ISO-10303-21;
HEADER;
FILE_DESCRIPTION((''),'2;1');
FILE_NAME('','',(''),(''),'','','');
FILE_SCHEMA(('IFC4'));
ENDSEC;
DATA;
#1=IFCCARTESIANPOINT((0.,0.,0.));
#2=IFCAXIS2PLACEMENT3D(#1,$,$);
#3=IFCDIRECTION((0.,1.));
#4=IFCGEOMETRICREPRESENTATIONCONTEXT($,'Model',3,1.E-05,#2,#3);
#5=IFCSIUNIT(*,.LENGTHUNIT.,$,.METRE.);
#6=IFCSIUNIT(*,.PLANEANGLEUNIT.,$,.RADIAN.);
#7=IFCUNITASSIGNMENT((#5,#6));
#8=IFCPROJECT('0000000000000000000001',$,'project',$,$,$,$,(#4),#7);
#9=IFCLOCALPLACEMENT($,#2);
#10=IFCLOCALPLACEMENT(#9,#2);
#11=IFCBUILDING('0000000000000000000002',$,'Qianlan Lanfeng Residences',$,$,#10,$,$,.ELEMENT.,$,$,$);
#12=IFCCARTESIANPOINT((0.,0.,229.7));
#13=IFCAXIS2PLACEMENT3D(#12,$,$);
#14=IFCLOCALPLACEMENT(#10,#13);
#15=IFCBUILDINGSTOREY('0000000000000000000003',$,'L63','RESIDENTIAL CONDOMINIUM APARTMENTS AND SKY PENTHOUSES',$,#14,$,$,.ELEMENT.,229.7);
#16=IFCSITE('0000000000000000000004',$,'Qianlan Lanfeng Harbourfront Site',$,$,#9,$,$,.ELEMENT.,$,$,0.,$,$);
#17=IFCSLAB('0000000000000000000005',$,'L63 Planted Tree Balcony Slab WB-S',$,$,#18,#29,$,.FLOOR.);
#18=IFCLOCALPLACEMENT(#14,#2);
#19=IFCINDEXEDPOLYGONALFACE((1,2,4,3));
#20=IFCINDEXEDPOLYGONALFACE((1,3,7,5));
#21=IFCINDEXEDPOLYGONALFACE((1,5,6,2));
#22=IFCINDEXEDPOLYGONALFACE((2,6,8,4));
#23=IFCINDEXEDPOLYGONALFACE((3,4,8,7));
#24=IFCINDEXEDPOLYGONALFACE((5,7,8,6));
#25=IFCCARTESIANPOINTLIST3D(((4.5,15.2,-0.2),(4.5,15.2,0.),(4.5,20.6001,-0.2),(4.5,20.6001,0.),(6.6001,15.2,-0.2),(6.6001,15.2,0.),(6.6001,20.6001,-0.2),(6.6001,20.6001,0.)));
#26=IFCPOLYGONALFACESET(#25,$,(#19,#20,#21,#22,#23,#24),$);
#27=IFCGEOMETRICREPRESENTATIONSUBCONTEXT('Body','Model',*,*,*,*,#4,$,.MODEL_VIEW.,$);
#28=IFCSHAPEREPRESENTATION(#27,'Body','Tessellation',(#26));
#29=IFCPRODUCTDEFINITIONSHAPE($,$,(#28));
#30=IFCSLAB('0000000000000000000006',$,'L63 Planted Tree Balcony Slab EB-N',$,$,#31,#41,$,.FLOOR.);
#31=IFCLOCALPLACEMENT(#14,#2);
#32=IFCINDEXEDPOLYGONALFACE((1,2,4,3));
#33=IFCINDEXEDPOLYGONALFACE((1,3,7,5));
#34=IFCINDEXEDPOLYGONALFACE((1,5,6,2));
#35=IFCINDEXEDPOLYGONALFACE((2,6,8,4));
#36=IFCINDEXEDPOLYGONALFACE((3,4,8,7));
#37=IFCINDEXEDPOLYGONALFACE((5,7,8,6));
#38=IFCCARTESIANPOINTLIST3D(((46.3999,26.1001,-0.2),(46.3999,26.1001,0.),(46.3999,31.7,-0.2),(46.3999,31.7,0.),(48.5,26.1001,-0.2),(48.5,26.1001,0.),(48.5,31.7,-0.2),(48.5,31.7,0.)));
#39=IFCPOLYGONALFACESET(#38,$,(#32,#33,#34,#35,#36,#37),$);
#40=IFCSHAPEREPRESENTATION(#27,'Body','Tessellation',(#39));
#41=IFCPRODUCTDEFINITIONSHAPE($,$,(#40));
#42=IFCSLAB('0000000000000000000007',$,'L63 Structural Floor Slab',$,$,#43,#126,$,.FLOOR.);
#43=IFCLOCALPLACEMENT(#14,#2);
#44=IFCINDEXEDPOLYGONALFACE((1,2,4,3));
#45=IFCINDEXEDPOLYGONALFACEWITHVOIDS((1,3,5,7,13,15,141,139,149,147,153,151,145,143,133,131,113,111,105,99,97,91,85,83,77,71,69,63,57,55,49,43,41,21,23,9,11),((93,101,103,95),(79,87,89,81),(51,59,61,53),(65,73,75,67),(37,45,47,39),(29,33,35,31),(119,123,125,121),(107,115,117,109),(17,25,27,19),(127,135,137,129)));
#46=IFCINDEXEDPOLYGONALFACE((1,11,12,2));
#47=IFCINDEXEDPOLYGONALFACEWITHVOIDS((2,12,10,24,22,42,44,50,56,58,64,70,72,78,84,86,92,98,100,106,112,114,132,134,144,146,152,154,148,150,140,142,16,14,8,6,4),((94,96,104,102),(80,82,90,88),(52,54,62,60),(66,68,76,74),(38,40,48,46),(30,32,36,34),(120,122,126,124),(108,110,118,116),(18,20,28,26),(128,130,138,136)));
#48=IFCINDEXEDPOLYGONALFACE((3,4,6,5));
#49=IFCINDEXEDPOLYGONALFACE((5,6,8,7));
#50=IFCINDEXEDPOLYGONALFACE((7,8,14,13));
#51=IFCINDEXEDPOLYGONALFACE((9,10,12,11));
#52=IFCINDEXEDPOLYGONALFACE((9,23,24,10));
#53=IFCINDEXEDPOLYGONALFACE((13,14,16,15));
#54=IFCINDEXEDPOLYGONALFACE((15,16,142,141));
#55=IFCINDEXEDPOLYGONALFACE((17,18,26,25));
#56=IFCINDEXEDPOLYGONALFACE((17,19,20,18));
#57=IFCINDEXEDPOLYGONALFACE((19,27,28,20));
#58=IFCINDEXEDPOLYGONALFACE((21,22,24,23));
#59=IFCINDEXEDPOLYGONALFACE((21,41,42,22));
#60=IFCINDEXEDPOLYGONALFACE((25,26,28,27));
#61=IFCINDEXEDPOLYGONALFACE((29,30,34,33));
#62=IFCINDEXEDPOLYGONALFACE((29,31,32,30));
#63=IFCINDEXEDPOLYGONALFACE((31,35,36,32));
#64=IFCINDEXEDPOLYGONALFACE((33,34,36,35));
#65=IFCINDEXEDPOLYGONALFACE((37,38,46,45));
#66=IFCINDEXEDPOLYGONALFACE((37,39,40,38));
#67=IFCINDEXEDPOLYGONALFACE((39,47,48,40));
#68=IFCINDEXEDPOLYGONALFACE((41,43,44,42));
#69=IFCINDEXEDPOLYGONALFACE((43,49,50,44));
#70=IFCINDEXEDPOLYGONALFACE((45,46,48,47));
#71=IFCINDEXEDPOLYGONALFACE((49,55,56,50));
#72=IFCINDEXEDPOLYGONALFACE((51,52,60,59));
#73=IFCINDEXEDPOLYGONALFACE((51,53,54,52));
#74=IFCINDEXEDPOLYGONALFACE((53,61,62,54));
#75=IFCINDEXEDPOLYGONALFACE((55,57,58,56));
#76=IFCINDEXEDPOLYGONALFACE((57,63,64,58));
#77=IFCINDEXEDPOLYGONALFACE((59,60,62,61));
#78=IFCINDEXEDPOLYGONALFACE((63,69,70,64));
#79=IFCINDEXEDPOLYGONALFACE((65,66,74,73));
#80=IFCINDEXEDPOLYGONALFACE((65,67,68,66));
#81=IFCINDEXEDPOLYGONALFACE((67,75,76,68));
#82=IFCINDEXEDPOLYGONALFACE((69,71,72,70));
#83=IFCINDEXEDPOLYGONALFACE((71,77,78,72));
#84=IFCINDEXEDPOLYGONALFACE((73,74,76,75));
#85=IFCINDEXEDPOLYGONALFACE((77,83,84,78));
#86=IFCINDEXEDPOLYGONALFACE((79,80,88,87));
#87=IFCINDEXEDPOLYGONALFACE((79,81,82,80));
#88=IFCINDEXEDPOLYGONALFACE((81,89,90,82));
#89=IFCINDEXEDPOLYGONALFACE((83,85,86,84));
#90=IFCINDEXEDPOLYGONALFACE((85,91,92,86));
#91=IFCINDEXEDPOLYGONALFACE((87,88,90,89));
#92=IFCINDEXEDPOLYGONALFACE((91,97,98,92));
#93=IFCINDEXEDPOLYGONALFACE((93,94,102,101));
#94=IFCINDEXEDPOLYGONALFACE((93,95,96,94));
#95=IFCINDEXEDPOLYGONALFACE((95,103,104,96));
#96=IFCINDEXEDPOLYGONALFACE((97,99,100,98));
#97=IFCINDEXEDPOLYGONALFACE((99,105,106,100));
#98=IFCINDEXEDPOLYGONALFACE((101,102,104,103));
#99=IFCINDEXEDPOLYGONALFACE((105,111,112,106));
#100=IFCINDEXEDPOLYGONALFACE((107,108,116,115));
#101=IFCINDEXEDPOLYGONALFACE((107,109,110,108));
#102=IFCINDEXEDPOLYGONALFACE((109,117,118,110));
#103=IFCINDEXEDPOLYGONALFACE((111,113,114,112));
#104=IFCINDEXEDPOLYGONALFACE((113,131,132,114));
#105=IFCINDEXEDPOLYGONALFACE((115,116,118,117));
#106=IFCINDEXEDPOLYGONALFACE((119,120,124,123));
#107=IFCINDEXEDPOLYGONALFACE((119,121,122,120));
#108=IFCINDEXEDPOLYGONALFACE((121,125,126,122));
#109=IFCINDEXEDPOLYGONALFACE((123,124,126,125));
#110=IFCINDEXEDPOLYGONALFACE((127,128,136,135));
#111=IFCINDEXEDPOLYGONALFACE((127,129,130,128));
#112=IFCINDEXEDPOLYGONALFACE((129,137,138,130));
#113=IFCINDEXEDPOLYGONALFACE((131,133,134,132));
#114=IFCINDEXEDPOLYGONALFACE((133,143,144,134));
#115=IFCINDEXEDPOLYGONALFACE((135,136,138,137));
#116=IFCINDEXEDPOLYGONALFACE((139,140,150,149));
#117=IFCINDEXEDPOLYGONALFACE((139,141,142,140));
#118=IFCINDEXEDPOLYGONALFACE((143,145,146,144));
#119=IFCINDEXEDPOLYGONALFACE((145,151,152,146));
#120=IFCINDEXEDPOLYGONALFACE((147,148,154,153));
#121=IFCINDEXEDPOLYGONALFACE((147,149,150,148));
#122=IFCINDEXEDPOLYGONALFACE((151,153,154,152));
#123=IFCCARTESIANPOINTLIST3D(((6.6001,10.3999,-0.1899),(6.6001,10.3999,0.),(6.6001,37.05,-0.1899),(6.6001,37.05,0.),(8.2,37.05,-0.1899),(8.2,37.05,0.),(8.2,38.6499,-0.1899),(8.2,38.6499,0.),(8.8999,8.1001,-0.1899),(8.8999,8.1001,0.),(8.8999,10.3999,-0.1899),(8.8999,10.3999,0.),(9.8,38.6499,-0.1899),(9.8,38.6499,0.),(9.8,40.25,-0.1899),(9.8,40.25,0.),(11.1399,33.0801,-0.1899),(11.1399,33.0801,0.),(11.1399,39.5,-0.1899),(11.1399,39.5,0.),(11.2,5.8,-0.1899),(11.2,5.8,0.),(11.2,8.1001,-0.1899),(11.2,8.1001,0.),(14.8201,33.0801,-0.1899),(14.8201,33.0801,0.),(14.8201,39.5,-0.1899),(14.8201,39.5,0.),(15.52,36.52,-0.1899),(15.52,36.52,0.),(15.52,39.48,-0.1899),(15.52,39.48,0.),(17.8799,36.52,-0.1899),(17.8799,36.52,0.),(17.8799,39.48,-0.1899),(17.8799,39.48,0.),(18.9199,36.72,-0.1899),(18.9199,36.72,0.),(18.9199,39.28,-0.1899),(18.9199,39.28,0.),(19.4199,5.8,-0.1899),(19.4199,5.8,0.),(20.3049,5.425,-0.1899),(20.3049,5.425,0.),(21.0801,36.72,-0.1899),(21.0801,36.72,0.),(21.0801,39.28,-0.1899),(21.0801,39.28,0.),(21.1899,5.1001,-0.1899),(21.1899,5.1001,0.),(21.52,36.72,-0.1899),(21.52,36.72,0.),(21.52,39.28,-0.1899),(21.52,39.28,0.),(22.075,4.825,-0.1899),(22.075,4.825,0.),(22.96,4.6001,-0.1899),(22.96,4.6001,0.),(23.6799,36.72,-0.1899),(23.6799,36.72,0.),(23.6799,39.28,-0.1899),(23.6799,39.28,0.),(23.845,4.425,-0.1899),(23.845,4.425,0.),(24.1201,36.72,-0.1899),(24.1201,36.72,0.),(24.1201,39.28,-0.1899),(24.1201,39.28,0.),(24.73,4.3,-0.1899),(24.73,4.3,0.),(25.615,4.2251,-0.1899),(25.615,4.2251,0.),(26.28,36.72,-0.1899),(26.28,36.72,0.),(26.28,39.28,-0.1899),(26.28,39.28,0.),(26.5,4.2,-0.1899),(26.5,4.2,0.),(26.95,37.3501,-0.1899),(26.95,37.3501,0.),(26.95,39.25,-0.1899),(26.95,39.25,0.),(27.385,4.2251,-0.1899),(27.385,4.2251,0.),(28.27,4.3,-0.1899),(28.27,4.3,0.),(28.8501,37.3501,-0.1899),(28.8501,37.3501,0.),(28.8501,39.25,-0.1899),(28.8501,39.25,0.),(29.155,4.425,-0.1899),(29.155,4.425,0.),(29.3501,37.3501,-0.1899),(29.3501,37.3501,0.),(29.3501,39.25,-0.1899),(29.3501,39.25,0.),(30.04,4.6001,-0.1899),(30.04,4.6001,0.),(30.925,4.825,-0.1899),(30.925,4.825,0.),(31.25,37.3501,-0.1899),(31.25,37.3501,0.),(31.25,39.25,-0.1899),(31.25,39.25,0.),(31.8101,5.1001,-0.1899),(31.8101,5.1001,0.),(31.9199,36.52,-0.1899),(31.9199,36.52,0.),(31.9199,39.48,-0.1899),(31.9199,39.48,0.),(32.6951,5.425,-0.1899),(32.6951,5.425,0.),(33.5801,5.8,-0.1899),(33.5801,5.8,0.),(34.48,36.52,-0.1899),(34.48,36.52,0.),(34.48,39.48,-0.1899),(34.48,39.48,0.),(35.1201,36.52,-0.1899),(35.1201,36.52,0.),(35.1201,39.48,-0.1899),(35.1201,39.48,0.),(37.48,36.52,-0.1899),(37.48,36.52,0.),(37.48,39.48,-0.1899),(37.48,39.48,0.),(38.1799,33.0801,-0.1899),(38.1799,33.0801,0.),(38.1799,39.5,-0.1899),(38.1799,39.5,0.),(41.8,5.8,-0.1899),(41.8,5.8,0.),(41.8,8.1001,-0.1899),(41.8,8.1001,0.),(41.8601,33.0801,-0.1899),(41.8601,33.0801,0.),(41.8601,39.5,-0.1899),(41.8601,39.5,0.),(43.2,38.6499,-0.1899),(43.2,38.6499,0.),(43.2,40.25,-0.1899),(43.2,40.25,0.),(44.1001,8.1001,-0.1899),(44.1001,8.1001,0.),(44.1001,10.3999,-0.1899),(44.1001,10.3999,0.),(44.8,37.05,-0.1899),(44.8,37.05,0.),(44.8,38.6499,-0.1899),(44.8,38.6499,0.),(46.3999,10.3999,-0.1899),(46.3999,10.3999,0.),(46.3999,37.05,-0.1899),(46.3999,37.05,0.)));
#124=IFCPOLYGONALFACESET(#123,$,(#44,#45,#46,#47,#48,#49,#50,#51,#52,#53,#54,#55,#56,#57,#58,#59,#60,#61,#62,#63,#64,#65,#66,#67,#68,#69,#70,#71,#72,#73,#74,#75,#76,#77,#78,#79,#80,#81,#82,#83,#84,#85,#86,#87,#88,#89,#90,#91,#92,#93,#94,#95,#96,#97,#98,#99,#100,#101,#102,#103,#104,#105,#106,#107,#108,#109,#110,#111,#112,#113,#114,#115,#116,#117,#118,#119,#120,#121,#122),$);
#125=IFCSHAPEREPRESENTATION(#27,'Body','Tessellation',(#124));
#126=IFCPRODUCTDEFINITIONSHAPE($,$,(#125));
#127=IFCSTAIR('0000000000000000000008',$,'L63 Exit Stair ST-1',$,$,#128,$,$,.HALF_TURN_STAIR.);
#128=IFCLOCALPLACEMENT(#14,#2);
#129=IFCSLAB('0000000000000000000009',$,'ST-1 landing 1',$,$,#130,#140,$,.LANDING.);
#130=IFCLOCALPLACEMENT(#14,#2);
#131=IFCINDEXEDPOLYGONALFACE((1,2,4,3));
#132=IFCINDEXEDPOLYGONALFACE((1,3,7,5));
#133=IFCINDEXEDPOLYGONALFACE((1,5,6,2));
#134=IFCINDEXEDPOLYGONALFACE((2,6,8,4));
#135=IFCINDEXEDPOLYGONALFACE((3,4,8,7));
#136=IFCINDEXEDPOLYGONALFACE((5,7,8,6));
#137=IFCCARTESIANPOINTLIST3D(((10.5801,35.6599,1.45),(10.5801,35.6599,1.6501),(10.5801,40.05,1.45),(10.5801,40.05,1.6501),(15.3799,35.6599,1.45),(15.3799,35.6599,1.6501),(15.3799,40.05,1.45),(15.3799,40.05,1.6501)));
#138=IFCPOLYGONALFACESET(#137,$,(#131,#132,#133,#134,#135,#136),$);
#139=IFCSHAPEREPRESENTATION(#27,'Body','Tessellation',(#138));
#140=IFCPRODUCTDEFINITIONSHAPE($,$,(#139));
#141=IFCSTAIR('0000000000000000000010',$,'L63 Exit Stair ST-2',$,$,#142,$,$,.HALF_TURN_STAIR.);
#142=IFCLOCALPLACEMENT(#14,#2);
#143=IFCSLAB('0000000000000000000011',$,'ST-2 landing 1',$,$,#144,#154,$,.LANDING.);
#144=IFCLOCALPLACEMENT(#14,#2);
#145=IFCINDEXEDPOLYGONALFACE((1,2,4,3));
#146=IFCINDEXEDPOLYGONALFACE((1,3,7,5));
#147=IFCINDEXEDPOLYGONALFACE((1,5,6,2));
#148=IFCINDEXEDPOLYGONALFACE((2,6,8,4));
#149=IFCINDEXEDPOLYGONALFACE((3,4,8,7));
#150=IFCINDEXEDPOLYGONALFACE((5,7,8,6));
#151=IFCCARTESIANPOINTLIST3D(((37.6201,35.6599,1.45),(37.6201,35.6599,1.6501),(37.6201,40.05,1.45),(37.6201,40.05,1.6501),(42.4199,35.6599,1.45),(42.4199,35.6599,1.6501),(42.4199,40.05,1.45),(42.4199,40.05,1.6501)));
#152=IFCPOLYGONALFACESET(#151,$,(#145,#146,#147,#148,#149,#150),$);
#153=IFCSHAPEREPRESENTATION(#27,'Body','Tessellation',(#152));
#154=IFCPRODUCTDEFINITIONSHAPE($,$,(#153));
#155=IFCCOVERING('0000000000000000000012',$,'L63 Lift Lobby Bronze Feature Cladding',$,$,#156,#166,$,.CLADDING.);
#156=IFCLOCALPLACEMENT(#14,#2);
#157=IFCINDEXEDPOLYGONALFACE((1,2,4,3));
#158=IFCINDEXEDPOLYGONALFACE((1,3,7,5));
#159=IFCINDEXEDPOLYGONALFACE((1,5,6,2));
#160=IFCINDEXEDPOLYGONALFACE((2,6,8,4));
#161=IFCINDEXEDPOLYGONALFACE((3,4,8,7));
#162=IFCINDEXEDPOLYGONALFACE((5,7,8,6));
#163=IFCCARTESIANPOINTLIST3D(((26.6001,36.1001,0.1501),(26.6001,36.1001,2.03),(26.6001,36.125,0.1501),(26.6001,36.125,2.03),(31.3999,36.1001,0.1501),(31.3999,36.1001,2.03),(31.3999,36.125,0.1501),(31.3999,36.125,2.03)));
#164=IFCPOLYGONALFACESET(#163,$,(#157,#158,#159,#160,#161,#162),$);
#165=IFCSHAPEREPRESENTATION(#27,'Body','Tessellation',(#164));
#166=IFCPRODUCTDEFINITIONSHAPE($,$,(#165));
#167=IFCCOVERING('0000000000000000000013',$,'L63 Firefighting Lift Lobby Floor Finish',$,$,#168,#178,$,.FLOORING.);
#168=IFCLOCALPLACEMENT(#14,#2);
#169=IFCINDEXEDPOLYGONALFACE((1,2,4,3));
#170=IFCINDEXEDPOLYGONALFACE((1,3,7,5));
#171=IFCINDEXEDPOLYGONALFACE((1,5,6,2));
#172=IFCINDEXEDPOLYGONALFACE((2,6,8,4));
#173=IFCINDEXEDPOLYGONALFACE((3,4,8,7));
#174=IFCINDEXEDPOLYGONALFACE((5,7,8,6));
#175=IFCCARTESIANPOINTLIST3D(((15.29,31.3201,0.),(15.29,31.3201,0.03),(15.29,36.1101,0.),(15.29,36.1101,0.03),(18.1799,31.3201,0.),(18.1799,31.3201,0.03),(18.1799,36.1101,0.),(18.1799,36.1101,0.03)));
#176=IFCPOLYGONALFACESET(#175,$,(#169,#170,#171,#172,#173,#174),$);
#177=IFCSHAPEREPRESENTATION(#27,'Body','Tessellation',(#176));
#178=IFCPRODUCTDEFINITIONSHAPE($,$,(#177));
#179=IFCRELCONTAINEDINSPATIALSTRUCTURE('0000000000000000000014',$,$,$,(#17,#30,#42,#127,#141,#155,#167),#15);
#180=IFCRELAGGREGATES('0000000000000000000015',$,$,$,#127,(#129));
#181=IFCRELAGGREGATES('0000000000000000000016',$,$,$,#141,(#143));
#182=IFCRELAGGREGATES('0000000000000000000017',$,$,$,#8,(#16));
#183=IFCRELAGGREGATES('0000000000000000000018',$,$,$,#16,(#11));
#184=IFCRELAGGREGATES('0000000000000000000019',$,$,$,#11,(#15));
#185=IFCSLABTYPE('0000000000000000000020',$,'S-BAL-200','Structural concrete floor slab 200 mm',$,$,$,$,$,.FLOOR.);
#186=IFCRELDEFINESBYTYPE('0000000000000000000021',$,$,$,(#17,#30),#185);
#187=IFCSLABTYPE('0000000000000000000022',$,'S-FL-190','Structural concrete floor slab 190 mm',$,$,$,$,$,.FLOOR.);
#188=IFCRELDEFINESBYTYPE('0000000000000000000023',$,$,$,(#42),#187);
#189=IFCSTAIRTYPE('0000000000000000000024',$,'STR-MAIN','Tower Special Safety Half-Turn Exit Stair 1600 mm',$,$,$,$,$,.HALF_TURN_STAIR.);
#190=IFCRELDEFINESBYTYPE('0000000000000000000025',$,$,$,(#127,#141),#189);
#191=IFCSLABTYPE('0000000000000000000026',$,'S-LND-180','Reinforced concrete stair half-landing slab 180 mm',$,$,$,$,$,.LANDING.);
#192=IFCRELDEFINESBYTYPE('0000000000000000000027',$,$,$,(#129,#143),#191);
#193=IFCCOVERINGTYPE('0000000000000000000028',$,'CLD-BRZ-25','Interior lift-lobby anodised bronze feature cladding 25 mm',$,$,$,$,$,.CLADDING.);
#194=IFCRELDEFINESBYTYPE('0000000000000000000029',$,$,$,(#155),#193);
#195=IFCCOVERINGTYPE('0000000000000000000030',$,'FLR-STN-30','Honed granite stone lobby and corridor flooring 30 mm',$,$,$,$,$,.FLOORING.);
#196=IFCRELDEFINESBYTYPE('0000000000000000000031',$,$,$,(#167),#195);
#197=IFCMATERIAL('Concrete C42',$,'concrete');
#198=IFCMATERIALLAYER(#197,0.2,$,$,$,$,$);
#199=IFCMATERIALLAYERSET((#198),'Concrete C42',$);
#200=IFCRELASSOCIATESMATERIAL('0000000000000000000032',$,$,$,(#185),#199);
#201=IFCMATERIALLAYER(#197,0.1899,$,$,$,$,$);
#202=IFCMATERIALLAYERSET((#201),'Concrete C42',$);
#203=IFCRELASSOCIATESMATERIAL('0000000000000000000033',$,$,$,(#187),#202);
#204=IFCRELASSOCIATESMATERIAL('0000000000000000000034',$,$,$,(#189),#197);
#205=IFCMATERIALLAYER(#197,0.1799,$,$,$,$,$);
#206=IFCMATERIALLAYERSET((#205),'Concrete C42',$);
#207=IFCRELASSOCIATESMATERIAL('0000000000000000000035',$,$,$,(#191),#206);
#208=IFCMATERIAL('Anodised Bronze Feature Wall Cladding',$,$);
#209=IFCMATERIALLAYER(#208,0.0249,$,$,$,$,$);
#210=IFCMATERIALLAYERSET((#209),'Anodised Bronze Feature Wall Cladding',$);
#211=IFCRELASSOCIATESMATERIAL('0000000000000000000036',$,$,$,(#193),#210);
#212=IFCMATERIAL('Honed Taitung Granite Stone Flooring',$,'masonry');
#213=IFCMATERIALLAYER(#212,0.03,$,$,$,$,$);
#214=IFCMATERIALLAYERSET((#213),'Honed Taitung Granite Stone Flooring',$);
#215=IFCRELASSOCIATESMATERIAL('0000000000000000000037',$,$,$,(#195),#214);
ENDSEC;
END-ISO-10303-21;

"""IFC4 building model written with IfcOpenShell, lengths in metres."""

from ifc_helpers import new_model, si_unit, direction, frame, origin, place, context, subcontext, project, spatial, polyline, outline, extrude, material, layer, layer_set, type_object, element, aggregate, save


model = new_model("IFC4")

# Units and contexts
model_context = context("Model", 3, precision=1e-05, world=origin(), true_north=direction((0.0, 1.0)))
body_context = subcontext(model_context, "Body", "Model", "MODEL_VIEW")
ifc_project = project(units=[si_unit("LENGTHUNIT", "METRE"), si_unit("PLANEANGLEUNIT", "RADIAN")], contexts=[model_context])

# Site, building, storey
site_placement = place(None, origin())
site = spatial("IfcSite", under=ifc_project, at=site_placement, Name="Qianlan Lanfeng Harbourfront Site", CompositionType="ELEMENT", RefElevation=0.0)
building_placement = place(site_placement, origin())
building = spatial("IfcBuilding", under=site, at=building_placement, Name="Qianlan Lanfeng Residences", CompositionType="ELEMENT")
storey_placement = place(building_placement, frame((0.0, 0.0, 229.7)))
storey = spatial("IfcBuildingStorey", under=building, at=storey_placement, Name="L63", Description="RESIDENTIAL CONDOMINIUM APARTMENTS AND SKY PENTHOUSES", CompositionType="ELEMENT", Elevation=229.7)

# Slabs
ifc_material_1 = material(Name="Concrete C42", Category="concrete")
ifc_layer_1 = layer(ifc_material_1, 0.2)
ifc_layer_set_1 = layer_set([ifc_layer_1], Name="Concrete C42")
slab_type_1 = type_object("IfcSlabType", Name="S-BAL-200", Description="Structural concrete floor slab 200 mm", PredefinedType="FLOOR", material=ifc_layer_set_1)
slab_1_placement = place(storey_placement, frame((0.0, 0.0, -0.2)))
element("IfcSlab", 1, at=slab_1_placement, inside=storey, type_object=slab_type_1, Name="L63 Planted Tree Balcony Slab WB-S", PredefinedType="FLOOR", context=body_context, shape_type="SweptSolid", body=[
    extrude(outline(polyline([(6.6001, 15.2), (6.6001, 20.6001), (4.5, 20.6001), (4.5, 15.2), (6.6001, 15.2)])), origin(), (0.0, 0.0, 1.0), 0.2),
])
slab_2_placement = place(storey_placement, frame((0.0, 0.0, -0.2)))
element("IfcSlab", 2, at=slab_2_placement, inside=storey, type_object=slab_type_1, Name="L63 Planted Tree Balcony Slab EB-N", PredefinedType="FLOOR", context=body_context, shape_type="SweptSolid", body=[
    extrude(outline(polyline([(46.3999, 31.7), (46.3999, 26.1001), (48.5, 26.1001), (48.5, 31.7), (46.3999, 31.7)])), origin(), (0.0, 0.0, 1.0), 0.2),
])
ifc_layer_2 = layer(ifc_material_1, 0.1899)
ifc_layer_set_2 = layer_set([ifc_layer_2], Name="Concrete C42")
slab_type_2 = type_object("IfcSlabType", Name="S-FL-190", Description="Structural concrete floor slab 190 mm", PredefinedType="FLOOR", material=ifc_layer_set_2)
slab_3_placement = place(storey_placement, frame((0.0, 0.0, -0.1899)))
element("IfcSlab", 3, at=slab_3_placement, inside=storey, type_object=slab_type_2, Name="L63 Structural Floor Slab", PredefinedType="FLOOR", context=body_context, shape_type="SweptSolid", body=[
    extrude(outline(polyline([(6.6001, 10.3999), (8.8999, 10.3999), (8.8999, 8.1001), (11.2, 8.1001), (11.2, 5.8), (19.4199, 5.8), (20.3049, 5.425), (21.1899, 5.1001), (22.075, 4.825), (22.96, 4.6001), (23.845, 4.425), (24.73, 4.3), (25.615, 4.2251), (26.5, 4.2), (27.385, 4.2251), (28.27, 4.3), (29.155, 4.425), (30.04, 4.6001), (30.925, 4.825), (31.8101, 5.1001), (32.6951, 5.425), (33.5801, 5.8), (41.8, 5.8), (41.8, 8.1001), (44.1001, 8.1001), (44.1001, 10.3999), (46.3999, 10.3999), (46.3999, 37.05), (44.8, 37.05), (44.8, 38.6499), (43.2, 38.6499), (43.2, 40.25), (9.8, 40.25), (9.8, 38.6499), (8.2, 38.6499), (8.2, 37.05), (6.6001, 37.05), (6.6001, 10.3999)]), holes=[polyline([(11.1399, 33.0801), (11.1399, 39.5), (14.8201, 39.5), (14.8201, 33.0801), (11.1399, 33.0801)]), polyline([(38.1799, 33.0801), (38.1799, 39.5), (41.8601, 39.5), (41.8601, 33.0801), (38.1799, 33.0801)]), polyline([(15.52, 36.52), (15.52, 39.48), (17.8799, 39.48), (17.8799, 36.52), (15.52, 36.52)]), polyline([(35.1201, 36.52), (35.1201, 39.48), (37.48, 39.48), (37.48, 36.52), (35.1201, 36.52)]), polyline([(31.9199, 36.52), (31.9199, 39.48), (34.48, 39.48), (34.48, 36.52), (31.9199, 36.52)]), polyline([(18.9199, 36.72), (18.9199, 39.28), (21.0801, 39.28), (21.0801, 36.72), (18.9199, 36.72)]), polyline([(21.52, 36.72), (21.52, 39.28), (23.6799, 39.28), (23.6799, 36.72), (21.52, 36.72)]), polyline([(24.1201, 36.72), (24.1201, 39.28), (26.28, 39.28), (26.28, 36.72), (24.1201, 36.72)]), polyline([(26.95, 37.3501), (26.95, 39.25), (28.8501, 39.25), (28.8501, 37.3501), (26.95, 37.3501)]), polyline([(29.3501, 37.3501), (29.3501, 39.25), (31.25, 39.25), (31.25, 37.3501), (29.3501, 37.3501)])]), origin(), (0.0, 0.0, 1.0), 0.1899),
])

# Stairs, slabs
stair_type = type_object("IfcStairType", Name="STR-MAIN", Description="Tower Special Safety Half-Turn Exit Stair 1600 mm", PredefinedType="HALF_TURN_STAIR", material=ifc_material_1)
stair_1_placement = place(storey_placement, origin())
stair_1 = element("IfcStair", 4, at=stair_1_placement, inside=storey, type_object=stair_type, Name="L63 Exit Stair ST-1", PredefinedType="HALF_TURN_STAIR")
ifc_layer_3 = layer(ifc_material_1, 0.1799)
ifc_layer_set_3 = layer_set([ifc_layer_3], Name="Concrete C42")
slab_type_3 = type_object("IfcSlabType", Name="S-LND-180", Description="Reinforced concrete stair half-landing slab 180 mm", PredefinedType="LANDING", material=ifc_layer_set_3)
slab_4_placement = place(storey_placement, frame((0.0, 0.0, 1.45)))
slab_4 = element("IfcSlab", 5, at=slab_4_placement, type_object=slab_type_3, Name="ST-1 landing 1", PredefinedType="LANDING", context=body_context, shape_type="SweptSolid", body=[
    extrude(outline(polyline([(10.5801, 35.6599), (15.3799, 35.6599), (15.3799, 40.05), (10.5801, 40.05), (10.5801, 35.6599)])), origin(), (0.0, 0.0, 1.0), 0.2002),
])
aggregate(stair_1, [slab_4])
stair_2_placement = place(storey_placement, origin())
stair_2 = element("IfcStair", 6, at=stair_2_placement, inside=storey, type_object=stair_type, Name="L63 Exit Stair ST-2", PredefinedType="HALF_TURN_STAIR")
slab_5_placement = place(storey_placement, frame((0.0, 0.0, 1.45)))
slab_5 = element("IfcSlab", 7, at=slab_5_placement, type_object=slab_type_3, Name="ST-2 landing 1", PredefinedType="LANDING", context=body_context, shape_type="SweptSolid", body=[
    extrude(outline(polyline([(37.6201, 35.6599), (42.4199, 35.6599), (42.4199, 40.05), (37.6201, 40.05), (37.6201, 35.6599)])), origin(), (0.0, 0.0, 1.0), 0.2002),
])
aggregate(stair_2, [slab_5])

# Coverings
ifc_material_2 = material(Name="Anodised Bronze Feature Wall Cladding")
ifc_layer_4 = layer(ifc_material_2, 0.0249)
ifc_layer_set_4 = layer_set([ifc_layer_4], Name="Anodised Bronze Feature Wall Cladding")
covering_type_1 = type_object("IfcCoveringType", Name="CLD-BRZ-25", Description="Interior lift-lobby anodised bronze feature cladding 25 mm", PredefinedType="CLADDING", material=ifc_layer_set_4)
covering_1_placement = place(storey_placement, frame((0.0, 0.0, 0.1501)))
element("IfcCovering", 8, at=covering_1_placement, inside=storey, type_object=covering_type_1, Name="L63 Lift Lobby Bronze Feature Cladding", PredefinedType="CLADDING", context=body_context, shape_type="SweptSolid", body=[
    extrude(outline(polyline([(26.6001, 36.1001), (31.3999, 36.1001), (31.3999, 36.125), (26.6001, 36.125), (26.6001, 36.1001)])), origin(), (0.0, 0.0, 1.0), 1.8799),
])
ifc_material_3 = material(Name="Honed Taitung Granite Stone Flooring", Category="masonry")
ifc_layer_5 = layer(ifc_material_3, 0.03)
ifc_layer_set_5 = layer_set([ifc_layer_5], Name="Honed Taitung Granite Stone Flooring")
covering_type_2 = type_object("IfcCoveringType", Name="FLR-STN-30", Description="Honed granite stone lobby and corridor flooring 30 mm", PredefinedType="FLOORING", material=ifc_layer_set_5)
covering_2_placement = place(storey_placement, origin())
element("IfcCovering", 9, at=covering_2_placement, inside=storey, type_object=covering_type_2, Name="L63 Firefighting Lift Lobby Floor Finish", PredefinedType="FLOORING", context=body_context, shape_type="SweptSolid", body=[
    extrude(outline(polyline([(15.29, 31.3201), (18.1799, 31.3201), (18.1799, 36.1101), (15.29, 36.1101), (15.29, 31.3201)])), origin(), (0.0, 0.0, 1.0), 0.03),
])

save(model, "model.ifc")
